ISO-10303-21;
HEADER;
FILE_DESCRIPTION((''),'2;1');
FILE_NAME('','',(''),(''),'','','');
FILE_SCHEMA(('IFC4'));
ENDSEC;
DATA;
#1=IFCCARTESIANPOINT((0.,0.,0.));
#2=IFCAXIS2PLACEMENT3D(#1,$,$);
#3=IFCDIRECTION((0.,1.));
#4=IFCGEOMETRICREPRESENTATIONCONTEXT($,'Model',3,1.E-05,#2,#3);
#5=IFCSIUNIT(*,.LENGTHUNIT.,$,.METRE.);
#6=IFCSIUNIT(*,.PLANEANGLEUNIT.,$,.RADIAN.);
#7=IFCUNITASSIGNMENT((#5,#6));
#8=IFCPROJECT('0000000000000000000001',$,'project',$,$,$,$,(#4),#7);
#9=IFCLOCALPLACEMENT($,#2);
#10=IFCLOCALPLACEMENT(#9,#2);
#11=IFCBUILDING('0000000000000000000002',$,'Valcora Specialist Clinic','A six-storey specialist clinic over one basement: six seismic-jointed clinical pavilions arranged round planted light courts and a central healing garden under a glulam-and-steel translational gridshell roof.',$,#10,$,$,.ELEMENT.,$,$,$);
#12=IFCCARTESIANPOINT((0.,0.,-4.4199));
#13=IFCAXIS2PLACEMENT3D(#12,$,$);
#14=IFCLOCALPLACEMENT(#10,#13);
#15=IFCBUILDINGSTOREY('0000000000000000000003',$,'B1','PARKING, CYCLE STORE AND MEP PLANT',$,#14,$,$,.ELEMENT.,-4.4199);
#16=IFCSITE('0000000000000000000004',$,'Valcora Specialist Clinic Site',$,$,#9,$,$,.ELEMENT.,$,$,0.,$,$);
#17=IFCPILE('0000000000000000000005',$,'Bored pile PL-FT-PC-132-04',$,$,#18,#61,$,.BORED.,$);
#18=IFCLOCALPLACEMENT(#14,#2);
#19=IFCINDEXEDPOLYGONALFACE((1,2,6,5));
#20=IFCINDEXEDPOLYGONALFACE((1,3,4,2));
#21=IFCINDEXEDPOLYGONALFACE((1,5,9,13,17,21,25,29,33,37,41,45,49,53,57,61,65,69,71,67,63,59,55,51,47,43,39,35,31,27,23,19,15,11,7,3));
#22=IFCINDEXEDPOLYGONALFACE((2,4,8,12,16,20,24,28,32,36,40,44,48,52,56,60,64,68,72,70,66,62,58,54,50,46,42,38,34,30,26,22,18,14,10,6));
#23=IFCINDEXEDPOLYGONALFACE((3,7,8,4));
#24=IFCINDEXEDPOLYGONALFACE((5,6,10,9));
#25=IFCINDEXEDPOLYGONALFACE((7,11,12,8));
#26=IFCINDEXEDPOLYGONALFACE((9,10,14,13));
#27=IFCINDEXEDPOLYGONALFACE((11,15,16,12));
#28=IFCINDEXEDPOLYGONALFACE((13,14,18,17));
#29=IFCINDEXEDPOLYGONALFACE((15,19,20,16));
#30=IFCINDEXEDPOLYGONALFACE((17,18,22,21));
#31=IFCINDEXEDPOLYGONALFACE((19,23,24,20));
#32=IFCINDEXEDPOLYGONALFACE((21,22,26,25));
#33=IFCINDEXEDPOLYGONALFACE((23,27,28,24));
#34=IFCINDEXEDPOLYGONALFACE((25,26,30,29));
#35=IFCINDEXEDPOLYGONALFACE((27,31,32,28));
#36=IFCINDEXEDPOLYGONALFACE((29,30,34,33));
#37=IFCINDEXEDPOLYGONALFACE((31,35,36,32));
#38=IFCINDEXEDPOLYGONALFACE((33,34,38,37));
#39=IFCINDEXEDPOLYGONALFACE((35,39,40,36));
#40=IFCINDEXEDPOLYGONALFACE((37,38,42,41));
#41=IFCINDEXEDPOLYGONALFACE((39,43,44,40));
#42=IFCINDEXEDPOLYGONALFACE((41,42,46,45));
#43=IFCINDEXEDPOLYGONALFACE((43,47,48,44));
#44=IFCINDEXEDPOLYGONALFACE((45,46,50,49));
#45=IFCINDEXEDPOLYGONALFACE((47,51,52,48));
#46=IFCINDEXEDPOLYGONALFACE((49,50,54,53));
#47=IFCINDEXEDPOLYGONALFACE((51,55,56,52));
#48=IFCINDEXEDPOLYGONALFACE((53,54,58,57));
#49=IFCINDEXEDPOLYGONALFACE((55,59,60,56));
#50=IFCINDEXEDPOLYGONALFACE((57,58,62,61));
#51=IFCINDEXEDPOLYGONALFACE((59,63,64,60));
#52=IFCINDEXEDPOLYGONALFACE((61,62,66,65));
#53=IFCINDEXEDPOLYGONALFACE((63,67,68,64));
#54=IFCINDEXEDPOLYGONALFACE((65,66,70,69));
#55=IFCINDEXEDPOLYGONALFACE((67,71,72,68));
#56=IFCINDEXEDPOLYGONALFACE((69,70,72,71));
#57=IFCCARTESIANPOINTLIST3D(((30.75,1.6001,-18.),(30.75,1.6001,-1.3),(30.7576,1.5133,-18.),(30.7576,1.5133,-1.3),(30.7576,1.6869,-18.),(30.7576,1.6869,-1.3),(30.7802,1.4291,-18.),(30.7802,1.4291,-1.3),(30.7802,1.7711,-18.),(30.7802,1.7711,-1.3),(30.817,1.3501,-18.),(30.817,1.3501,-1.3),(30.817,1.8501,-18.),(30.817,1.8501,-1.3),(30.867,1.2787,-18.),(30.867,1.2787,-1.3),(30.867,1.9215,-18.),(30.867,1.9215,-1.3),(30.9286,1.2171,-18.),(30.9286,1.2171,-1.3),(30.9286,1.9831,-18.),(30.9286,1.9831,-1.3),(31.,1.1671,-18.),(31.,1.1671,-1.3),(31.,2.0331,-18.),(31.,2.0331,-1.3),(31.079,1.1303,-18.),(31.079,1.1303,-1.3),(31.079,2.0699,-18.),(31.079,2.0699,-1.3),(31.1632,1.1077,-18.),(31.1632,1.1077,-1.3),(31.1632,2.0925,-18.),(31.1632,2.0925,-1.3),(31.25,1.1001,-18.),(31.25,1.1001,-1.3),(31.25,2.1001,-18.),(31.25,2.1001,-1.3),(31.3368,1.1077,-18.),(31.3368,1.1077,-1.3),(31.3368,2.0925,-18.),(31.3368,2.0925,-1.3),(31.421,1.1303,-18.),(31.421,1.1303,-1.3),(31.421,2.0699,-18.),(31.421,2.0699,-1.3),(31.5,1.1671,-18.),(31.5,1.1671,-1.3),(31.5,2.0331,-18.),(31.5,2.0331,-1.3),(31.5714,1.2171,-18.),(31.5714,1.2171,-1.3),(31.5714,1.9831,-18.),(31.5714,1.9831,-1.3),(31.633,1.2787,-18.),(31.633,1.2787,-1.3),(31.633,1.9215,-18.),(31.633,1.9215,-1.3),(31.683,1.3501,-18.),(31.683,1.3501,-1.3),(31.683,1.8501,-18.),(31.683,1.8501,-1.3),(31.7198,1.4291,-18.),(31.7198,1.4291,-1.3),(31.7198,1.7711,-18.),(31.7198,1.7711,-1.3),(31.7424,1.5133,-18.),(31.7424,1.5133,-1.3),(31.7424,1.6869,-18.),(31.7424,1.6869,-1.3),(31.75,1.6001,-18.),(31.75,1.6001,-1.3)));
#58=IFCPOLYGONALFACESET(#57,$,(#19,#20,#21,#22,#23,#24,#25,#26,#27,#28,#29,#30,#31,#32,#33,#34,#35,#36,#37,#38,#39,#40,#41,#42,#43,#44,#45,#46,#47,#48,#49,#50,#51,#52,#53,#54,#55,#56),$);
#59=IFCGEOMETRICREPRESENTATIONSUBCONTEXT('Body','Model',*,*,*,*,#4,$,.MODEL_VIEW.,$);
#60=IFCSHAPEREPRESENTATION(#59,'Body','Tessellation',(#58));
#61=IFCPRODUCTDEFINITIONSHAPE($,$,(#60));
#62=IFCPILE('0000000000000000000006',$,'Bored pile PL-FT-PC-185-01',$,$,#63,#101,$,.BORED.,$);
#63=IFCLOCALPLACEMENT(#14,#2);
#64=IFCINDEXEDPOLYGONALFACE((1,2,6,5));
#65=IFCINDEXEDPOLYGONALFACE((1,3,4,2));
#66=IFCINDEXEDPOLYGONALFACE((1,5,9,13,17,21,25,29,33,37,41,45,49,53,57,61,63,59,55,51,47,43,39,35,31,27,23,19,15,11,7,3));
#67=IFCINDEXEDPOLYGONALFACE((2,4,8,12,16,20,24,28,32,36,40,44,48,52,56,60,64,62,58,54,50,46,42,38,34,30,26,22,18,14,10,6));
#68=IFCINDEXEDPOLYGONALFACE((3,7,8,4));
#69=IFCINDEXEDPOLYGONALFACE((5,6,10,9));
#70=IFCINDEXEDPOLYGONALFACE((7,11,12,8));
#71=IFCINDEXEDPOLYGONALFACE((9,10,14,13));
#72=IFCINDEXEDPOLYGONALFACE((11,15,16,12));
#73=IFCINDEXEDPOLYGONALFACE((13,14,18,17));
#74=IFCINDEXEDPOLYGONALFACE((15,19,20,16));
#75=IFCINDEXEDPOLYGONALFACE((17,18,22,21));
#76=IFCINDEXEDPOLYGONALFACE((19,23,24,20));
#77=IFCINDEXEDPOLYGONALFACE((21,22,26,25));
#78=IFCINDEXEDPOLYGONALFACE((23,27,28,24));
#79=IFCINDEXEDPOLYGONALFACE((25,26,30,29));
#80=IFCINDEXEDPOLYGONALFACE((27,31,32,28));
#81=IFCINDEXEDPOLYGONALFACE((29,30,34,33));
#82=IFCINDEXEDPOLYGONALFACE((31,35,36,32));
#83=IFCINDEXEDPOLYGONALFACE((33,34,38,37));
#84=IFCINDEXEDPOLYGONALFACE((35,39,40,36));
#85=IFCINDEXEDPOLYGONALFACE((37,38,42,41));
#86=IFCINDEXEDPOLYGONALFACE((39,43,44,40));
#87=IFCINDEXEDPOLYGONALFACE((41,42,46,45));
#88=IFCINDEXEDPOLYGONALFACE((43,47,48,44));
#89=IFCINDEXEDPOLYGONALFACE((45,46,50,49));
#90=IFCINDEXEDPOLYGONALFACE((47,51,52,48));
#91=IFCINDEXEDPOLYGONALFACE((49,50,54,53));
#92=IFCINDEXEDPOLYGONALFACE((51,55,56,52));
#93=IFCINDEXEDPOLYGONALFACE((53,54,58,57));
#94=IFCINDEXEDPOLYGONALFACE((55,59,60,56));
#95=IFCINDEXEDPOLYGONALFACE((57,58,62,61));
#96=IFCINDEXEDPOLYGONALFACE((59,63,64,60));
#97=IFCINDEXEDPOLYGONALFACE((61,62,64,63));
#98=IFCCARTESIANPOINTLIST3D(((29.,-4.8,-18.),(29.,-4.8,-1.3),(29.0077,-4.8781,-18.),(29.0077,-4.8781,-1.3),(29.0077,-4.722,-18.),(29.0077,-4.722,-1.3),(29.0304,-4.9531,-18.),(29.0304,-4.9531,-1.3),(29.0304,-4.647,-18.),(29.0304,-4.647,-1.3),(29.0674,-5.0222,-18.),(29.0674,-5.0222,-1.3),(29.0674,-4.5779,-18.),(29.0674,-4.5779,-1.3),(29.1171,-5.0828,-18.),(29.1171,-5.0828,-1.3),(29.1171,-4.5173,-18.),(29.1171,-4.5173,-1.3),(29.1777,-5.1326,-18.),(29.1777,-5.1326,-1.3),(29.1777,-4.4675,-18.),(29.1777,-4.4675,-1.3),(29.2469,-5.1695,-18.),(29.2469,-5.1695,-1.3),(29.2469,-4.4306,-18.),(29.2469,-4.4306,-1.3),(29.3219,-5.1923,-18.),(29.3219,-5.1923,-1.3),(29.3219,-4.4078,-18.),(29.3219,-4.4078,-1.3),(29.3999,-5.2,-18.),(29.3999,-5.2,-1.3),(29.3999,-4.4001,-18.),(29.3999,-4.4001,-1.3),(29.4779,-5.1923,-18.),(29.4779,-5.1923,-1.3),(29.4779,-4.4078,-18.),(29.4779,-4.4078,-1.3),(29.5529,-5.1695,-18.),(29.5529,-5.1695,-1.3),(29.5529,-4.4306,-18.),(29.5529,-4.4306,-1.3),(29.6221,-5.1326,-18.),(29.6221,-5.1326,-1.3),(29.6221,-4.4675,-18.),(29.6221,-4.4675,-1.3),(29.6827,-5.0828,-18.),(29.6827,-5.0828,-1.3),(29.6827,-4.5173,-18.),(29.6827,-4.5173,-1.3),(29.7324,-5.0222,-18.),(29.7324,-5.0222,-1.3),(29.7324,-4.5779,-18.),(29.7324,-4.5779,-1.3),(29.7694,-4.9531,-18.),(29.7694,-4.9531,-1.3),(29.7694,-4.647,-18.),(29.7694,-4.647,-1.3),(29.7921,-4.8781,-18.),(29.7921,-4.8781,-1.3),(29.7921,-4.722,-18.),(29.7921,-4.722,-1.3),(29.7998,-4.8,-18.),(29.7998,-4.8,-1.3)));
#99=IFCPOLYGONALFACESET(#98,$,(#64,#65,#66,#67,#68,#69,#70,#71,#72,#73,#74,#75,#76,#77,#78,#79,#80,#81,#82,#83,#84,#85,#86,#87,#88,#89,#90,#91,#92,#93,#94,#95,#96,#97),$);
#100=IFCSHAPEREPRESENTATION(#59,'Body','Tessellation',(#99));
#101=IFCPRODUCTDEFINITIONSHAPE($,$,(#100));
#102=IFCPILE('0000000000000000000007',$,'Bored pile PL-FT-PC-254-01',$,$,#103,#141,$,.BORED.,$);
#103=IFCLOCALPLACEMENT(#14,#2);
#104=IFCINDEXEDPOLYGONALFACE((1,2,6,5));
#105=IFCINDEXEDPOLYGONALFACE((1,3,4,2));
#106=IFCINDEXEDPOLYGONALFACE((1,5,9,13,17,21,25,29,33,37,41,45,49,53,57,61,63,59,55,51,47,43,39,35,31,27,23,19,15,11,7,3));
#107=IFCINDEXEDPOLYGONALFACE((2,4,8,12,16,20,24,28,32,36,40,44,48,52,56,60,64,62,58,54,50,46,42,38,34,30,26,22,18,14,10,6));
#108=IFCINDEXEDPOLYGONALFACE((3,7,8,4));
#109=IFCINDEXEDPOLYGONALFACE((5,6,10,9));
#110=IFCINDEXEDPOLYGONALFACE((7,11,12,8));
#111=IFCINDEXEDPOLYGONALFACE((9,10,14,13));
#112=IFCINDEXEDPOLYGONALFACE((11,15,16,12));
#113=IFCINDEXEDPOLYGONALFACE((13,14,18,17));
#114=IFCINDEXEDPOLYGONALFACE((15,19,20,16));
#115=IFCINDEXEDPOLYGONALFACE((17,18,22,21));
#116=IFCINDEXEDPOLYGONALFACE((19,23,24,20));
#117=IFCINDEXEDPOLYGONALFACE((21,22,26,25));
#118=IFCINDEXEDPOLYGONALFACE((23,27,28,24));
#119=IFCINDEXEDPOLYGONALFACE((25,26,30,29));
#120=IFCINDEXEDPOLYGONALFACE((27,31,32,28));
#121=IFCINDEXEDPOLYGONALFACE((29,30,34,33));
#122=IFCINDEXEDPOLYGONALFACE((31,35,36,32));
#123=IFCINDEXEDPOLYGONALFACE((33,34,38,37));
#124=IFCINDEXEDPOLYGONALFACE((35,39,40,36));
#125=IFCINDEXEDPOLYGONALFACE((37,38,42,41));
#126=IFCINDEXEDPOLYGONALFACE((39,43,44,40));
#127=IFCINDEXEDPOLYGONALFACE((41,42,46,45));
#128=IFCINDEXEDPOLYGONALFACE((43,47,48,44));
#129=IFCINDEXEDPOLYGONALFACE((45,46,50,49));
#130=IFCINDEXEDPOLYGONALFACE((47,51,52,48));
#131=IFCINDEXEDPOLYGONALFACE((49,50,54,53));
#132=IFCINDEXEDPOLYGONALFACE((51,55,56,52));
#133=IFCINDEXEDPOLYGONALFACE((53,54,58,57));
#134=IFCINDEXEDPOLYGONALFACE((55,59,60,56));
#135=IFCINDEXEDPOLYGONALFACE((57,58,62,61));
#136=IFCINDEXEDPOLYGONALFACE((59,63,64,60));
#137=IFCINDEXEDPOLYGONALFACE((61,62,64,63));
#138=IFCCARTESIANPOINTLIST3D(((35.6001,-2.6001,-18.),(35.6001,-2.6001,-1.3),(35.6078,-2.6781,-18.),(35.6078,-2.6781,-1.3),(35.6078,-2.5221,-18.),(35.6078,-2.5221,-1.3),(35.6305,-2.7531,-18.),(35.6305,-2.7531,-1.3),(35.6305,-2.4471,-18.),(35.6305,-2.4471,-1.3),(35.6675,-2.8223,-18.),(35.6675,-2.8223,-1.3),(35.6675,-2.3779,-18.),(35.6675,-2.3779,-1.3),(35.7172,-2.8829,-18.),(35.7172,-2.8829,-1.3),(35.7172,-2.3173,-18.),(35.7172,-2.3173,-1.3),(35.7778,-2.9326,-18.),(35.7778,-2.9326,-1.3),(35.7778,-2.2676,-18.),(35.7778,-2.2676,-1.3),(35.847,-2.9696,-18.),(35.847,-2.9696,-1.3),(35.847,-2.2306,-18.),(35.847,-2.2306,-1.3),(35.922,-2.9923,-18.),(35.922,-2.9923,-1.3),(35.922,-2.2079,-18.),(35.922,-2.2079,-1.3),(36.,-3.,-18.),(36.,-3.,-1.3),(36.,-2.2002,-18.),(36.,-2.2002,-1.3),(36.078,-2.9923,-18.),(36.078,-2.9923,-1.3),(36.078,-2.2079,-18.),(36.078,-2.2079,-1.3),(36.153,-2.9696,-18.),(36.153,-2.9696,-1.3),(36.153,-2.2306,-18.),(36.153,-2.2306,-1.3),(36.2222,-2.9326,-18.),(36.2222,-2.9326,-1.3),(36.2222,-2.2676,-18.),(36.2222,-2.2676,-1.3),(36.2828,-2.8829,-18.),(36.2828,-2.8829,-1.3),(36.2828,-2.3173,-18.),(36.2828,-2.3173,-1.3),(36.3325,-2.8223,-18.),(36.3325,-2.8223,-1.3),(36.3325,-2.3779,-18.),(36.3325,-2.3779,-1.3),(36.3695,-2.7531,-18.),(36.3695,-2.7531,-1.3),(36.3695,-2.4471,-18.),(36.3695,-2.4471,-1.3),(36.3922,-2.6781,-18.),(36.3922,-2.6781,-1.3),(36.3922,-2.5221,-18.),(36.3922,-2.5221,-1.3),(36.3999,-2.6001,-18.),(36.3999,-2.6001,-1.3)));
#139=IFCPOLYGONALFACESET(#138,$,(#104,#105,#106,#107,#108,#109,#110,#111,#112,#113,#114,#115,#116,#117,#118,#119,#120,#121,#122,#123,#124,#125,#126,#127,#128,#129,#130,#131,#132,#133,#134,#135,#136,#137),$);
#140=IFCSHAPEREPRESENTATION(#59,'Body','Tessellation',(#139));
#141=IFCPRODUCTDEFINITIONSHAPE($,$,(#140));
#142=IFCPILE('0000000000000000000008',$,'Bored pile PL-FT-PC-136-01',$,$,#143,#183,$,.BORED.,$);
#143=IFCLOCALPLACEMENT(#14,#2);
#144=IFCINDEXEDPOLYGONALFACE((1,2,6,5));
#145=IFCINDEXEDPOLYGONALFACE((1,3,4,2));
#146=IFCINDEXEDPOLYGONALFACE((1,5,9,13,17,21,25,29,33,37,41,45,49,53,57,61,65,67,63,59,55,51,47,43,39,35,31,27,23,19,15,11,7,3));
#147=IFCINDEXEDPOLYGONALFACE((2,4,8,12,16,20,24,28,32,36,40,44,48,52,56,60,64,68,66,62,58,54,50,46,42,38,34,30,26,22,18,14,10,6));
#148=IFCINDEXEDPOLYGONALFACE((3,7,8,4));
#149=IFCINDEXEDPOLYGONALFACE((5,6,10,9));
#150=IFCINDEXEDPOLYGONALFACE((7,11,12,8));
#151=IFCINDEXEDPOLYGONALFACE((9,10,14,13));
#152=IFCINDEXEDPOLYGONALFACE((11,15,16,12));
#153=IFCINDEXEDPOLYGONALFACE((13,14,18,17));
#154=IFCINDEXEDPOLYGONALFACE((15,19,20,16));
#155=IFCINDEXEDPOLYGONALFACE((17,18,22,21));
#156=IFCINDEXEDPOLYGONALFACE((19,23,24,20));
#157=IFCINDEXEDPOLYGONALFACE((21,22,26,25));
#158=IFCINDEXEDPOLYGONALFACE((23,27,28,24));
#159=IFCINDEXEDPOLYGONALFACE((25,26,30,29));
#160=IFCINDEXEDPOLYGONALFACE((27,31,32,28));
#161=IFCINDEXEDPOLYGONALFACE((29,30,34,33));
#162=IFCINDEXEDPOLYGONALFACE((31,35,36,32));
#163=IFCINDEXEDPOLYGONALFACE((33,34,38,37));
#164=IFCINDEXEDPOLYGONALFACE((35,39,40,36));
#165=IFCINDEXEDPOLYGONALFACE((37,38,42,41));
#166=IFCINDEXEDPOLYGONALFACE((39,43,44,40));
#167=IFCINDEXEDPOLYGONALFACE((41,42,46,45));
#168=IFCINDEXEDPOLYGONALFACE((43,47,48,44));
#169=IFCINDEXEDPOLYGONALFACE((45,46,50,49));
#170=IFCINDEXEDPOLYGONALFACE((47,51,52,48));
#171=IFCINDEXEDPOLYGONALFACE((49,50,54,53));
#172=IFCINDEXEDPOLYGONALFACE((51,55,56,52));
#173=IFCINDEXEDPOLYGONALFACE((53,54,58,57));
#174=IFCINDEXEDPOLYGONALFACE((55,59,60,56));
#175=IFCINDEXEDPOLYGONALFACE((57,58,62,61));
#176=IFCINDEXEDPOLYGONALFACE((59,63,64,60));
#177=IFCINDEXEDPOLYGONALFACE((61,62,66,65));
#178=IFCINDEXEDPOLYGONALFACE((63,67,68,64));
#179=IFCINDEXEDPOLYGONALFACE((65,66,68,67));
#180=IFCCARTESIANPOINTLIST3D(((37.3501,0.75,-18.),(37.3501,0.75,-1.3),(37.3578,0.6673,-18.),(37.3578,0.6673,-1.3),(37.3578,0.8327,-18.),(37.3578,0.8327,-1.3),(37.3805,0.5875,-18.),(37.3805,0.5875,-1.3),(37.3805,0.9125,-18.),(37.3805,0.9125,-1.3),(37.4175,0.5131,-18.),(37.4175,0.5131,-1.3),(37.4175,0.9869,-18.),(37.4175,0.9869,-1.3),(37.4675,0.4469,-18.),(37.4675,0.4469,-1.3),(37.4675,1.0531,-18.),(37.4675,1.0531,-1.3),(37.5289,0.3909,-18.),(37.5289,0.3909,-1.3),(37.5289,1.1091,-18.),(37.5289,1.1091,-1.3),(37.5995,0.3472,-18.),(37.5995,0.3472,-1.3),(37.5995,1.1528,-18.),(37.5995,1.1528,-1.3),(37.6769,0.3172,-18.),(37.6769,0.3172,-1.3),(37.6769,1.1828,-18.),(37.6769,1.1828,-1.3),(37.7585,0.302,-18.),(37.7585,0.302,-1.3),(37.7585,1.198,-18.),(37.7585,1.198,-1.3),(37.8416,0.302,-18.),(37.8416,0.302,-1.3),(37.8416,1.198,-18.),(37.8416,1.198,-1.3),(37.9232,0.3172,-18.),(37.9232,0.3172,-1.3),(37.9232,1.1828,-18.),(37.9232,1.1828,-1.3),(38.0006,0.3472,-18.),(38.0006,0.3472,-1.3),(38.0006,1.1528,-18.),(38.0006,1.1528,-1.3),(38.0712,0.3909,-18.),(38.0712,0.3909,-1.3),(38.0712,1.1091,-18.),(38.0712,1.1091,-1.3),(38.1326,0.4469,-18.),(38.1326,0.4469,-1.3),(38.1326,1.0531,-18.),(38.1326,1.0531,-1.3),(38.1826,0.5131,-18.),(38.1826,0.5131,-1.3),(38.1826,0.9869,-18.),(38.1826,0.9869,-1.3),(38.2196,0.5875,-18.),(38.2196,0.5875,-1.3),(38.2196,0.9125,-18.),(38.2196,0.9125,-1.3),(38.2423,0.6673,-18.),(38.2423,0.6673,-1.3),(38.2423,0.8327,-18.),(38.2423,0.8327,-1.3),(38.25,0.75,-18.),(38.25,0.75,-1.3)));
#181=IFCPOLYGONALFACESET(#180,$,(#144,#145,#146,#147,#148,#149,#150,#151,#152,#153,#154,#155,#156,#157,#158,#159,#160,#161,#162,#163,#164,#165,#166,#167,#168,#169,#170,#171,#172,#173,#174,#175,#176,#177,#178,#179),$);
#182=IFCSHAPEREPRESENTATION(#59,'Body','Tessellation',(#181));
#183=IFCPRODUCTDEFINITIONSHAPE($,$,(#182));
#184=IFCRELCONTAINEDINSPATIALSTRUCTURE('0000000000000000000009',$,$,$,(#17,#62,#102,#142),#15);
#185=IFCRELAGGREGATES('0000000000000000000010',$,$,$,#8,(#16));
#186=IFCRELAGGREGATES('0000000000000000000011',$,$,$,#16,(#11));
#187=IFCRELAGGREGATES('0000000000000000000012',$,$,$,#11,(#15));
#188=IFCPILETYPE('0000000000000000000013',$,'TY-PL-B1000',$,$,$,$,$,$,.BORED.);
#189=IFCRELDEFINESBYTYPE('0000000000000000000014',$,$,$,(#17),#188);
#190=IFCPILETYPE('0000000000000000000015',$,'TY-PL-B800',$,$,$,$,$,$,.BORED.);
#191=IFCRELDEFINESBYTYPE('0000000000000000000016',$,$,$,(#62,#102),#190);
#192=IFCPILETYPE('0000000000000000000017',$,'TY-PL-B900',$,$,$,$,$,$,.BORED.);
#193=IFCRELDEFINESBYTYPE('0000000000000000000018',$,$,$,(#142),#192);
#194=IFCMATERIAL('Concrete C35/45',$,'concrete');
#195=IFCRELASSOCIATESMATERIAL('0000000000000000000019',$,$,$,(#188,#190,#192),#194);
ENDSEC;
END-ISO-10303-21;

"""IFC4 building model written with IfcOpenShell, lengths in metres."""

from ifc_helpers import new_model, si_unit, direction, frame, origin, origin_2d, place, context, subcontext, project, spatial, circle, extrude, material, material_profile, profile_set, type_object, element, save


model = new_model("IFC4")

# Units and contexts
model_context = context("Model", 3, precision=1e-05, world=origin(), true_north=direction((0.0, 1.0)))
body_context = subcontext(model_context, "Body", "Model", "MODEL_VIEW")
ifc_project = project(units=[si_unit("LENGTHUNIT", "METRE"), si_unit("PLANEANGLEUNIT", "RADIAN")], contexts=[model_context])

# Site, building, storey
site_placement = place(None, origin())
site = spatial("IfcSite", under=ifc_project, at=site_placement, Name="Valcora Specialist Clinic Site", CompositionType="ELEMENT", RefElevation=0.0)
building_placement = place(site_placement, origin())
building = spatial("IfcBuilding", under=site, at=building_placement, Name="Valcora Specialist Clinic", Description="A six-storey specialist clinic over one basement: six seismic-jointed clinical pavilions arranged round planted light courts and a central healing garden under a glulam-and-steel translational gridshell roof.", CompositionType="ELEMENT")
storey_placement = place(building_placement, frame((0.0, 0.0, -4.4199)))
storey = spatial("IfcBuildingStorey", under=building, at=storey_placement, Name="B1", Description="PARKING, CYCLE STORE AND MEP PLANT", CompositionType="ELEMENT", Elevation=-4.4199)

# Shared definitions
ifc_material_1 = material(Name="Concrete C35/45", Category="concrete")

# Piles
ifc_material_profile_1 = material_profile(ifc_material_1, circle(Radius=0.5, at=origin_2d()), Name="RC-PIL-D1000")
ifc_profile_set_1 = profile_set([ifc_material_profile_1], Name="Concrete C35/45")
pile_type_1 = type_object("IfcPileType", Name="TY-PL-B1000", PredefinedType="BORED", material=ifc_profile_set_1)
for number, where, z_axis, x_axis, name in (
    (1, (31.25, 1.6001, -1.3), (0.0, 0.0, -1.0), (1.0, 0.0, 0.0), "Bored pile PL-FT-PC-132-04"),
):
    element("IfcPile", number, at=place(storey_placement, frame(where, z_axis=z_axis, x_axis=x_axis)), inside=storey, type_object=pile_type_1, Name=name, PredefinedType="BORED", context=body_context, shape_type="SweptSolid", body=[
        extrude(circle(Radius=0.5, at=origin_2d()), origin(), (0.0, 0.0, 1.0), 16.7),
    ])
ifc_material_profile_2 = material_profile(ifc_material_1, circle(Radius=0.3999, at=origin_2d()), Name="RC-PIL-D800")
ifc_profile_set_2 = profile_set([ifc_material_profile_2], Name="Concrete C35/45")
pile_type_2 = type_object("IfcPileType", Name="TY-PL-B800", PredefinedType="BORED", material=ifc_profile_set_2)
for number, where, z_axis, x_axis, name in (
    (2, (29.3999, -4.8, -1.3), (0.0, 0.0, -1.0), (1.0, 0.0, 0.0), "Bored pile PL-FT-PC-185-01"),
    (3, (36.0, -2.6001, -1.3), (0.0, 0.0, -1.0), (1.0, 0.0, 0.0), "Bored pile PL-FT-PC-254-01"),
):
    element("IfcPile", number, at=place(storey_placement, frame(where, z_axis=z_axis, x_axis=x_axis)), inside=storey, type_object=pile_type_2, Name=name, PredefinedType="BORED", context=body_context, shape_type="SweptSolid", body=[
        extrude(circle(Radius=0.3999, at=origin_2d()), origin(), (0.0, 0.0, 1.0), 16.7),
    ])
ifc_material_profile_3 = material_profile(ifc_material_1, circle(Radius=0.45, at=origin_2d()), Name="RC-PIL-D900")
ifc_profile_set_3 = profile_set([ifc_material_profile_3], Name="Concrete C35/45")
pile_type_3 = type_object("IfcPileType", Name="TY-PL-B900", PredefinedType="BORED", material=ifc_profile_set_3)
for number, where, z_axis, x_axis, name in (
    (4, (37.8, 0.75, -1.3), (0.0, 0.0, -1.0), (1.0, 0.0, 0.0), "Bored pile PL-FT-PC-136-01"),
):
    element("IfcPile", number, at=place(storey_placement, frame(where, z_axis=z_axis, x_axis=x_axis)), inside=storey, type_object=pile_type_3, Name=name, PredefinedType="BORED", context=body_context, shape_type="SweptSolid", body=[
        extrude(circle(Radius=0.45, at=origin_2d()), origin(), (0.0, 0.0, 1.0), 16.7),
    ])

save(model, "model.ifc")
